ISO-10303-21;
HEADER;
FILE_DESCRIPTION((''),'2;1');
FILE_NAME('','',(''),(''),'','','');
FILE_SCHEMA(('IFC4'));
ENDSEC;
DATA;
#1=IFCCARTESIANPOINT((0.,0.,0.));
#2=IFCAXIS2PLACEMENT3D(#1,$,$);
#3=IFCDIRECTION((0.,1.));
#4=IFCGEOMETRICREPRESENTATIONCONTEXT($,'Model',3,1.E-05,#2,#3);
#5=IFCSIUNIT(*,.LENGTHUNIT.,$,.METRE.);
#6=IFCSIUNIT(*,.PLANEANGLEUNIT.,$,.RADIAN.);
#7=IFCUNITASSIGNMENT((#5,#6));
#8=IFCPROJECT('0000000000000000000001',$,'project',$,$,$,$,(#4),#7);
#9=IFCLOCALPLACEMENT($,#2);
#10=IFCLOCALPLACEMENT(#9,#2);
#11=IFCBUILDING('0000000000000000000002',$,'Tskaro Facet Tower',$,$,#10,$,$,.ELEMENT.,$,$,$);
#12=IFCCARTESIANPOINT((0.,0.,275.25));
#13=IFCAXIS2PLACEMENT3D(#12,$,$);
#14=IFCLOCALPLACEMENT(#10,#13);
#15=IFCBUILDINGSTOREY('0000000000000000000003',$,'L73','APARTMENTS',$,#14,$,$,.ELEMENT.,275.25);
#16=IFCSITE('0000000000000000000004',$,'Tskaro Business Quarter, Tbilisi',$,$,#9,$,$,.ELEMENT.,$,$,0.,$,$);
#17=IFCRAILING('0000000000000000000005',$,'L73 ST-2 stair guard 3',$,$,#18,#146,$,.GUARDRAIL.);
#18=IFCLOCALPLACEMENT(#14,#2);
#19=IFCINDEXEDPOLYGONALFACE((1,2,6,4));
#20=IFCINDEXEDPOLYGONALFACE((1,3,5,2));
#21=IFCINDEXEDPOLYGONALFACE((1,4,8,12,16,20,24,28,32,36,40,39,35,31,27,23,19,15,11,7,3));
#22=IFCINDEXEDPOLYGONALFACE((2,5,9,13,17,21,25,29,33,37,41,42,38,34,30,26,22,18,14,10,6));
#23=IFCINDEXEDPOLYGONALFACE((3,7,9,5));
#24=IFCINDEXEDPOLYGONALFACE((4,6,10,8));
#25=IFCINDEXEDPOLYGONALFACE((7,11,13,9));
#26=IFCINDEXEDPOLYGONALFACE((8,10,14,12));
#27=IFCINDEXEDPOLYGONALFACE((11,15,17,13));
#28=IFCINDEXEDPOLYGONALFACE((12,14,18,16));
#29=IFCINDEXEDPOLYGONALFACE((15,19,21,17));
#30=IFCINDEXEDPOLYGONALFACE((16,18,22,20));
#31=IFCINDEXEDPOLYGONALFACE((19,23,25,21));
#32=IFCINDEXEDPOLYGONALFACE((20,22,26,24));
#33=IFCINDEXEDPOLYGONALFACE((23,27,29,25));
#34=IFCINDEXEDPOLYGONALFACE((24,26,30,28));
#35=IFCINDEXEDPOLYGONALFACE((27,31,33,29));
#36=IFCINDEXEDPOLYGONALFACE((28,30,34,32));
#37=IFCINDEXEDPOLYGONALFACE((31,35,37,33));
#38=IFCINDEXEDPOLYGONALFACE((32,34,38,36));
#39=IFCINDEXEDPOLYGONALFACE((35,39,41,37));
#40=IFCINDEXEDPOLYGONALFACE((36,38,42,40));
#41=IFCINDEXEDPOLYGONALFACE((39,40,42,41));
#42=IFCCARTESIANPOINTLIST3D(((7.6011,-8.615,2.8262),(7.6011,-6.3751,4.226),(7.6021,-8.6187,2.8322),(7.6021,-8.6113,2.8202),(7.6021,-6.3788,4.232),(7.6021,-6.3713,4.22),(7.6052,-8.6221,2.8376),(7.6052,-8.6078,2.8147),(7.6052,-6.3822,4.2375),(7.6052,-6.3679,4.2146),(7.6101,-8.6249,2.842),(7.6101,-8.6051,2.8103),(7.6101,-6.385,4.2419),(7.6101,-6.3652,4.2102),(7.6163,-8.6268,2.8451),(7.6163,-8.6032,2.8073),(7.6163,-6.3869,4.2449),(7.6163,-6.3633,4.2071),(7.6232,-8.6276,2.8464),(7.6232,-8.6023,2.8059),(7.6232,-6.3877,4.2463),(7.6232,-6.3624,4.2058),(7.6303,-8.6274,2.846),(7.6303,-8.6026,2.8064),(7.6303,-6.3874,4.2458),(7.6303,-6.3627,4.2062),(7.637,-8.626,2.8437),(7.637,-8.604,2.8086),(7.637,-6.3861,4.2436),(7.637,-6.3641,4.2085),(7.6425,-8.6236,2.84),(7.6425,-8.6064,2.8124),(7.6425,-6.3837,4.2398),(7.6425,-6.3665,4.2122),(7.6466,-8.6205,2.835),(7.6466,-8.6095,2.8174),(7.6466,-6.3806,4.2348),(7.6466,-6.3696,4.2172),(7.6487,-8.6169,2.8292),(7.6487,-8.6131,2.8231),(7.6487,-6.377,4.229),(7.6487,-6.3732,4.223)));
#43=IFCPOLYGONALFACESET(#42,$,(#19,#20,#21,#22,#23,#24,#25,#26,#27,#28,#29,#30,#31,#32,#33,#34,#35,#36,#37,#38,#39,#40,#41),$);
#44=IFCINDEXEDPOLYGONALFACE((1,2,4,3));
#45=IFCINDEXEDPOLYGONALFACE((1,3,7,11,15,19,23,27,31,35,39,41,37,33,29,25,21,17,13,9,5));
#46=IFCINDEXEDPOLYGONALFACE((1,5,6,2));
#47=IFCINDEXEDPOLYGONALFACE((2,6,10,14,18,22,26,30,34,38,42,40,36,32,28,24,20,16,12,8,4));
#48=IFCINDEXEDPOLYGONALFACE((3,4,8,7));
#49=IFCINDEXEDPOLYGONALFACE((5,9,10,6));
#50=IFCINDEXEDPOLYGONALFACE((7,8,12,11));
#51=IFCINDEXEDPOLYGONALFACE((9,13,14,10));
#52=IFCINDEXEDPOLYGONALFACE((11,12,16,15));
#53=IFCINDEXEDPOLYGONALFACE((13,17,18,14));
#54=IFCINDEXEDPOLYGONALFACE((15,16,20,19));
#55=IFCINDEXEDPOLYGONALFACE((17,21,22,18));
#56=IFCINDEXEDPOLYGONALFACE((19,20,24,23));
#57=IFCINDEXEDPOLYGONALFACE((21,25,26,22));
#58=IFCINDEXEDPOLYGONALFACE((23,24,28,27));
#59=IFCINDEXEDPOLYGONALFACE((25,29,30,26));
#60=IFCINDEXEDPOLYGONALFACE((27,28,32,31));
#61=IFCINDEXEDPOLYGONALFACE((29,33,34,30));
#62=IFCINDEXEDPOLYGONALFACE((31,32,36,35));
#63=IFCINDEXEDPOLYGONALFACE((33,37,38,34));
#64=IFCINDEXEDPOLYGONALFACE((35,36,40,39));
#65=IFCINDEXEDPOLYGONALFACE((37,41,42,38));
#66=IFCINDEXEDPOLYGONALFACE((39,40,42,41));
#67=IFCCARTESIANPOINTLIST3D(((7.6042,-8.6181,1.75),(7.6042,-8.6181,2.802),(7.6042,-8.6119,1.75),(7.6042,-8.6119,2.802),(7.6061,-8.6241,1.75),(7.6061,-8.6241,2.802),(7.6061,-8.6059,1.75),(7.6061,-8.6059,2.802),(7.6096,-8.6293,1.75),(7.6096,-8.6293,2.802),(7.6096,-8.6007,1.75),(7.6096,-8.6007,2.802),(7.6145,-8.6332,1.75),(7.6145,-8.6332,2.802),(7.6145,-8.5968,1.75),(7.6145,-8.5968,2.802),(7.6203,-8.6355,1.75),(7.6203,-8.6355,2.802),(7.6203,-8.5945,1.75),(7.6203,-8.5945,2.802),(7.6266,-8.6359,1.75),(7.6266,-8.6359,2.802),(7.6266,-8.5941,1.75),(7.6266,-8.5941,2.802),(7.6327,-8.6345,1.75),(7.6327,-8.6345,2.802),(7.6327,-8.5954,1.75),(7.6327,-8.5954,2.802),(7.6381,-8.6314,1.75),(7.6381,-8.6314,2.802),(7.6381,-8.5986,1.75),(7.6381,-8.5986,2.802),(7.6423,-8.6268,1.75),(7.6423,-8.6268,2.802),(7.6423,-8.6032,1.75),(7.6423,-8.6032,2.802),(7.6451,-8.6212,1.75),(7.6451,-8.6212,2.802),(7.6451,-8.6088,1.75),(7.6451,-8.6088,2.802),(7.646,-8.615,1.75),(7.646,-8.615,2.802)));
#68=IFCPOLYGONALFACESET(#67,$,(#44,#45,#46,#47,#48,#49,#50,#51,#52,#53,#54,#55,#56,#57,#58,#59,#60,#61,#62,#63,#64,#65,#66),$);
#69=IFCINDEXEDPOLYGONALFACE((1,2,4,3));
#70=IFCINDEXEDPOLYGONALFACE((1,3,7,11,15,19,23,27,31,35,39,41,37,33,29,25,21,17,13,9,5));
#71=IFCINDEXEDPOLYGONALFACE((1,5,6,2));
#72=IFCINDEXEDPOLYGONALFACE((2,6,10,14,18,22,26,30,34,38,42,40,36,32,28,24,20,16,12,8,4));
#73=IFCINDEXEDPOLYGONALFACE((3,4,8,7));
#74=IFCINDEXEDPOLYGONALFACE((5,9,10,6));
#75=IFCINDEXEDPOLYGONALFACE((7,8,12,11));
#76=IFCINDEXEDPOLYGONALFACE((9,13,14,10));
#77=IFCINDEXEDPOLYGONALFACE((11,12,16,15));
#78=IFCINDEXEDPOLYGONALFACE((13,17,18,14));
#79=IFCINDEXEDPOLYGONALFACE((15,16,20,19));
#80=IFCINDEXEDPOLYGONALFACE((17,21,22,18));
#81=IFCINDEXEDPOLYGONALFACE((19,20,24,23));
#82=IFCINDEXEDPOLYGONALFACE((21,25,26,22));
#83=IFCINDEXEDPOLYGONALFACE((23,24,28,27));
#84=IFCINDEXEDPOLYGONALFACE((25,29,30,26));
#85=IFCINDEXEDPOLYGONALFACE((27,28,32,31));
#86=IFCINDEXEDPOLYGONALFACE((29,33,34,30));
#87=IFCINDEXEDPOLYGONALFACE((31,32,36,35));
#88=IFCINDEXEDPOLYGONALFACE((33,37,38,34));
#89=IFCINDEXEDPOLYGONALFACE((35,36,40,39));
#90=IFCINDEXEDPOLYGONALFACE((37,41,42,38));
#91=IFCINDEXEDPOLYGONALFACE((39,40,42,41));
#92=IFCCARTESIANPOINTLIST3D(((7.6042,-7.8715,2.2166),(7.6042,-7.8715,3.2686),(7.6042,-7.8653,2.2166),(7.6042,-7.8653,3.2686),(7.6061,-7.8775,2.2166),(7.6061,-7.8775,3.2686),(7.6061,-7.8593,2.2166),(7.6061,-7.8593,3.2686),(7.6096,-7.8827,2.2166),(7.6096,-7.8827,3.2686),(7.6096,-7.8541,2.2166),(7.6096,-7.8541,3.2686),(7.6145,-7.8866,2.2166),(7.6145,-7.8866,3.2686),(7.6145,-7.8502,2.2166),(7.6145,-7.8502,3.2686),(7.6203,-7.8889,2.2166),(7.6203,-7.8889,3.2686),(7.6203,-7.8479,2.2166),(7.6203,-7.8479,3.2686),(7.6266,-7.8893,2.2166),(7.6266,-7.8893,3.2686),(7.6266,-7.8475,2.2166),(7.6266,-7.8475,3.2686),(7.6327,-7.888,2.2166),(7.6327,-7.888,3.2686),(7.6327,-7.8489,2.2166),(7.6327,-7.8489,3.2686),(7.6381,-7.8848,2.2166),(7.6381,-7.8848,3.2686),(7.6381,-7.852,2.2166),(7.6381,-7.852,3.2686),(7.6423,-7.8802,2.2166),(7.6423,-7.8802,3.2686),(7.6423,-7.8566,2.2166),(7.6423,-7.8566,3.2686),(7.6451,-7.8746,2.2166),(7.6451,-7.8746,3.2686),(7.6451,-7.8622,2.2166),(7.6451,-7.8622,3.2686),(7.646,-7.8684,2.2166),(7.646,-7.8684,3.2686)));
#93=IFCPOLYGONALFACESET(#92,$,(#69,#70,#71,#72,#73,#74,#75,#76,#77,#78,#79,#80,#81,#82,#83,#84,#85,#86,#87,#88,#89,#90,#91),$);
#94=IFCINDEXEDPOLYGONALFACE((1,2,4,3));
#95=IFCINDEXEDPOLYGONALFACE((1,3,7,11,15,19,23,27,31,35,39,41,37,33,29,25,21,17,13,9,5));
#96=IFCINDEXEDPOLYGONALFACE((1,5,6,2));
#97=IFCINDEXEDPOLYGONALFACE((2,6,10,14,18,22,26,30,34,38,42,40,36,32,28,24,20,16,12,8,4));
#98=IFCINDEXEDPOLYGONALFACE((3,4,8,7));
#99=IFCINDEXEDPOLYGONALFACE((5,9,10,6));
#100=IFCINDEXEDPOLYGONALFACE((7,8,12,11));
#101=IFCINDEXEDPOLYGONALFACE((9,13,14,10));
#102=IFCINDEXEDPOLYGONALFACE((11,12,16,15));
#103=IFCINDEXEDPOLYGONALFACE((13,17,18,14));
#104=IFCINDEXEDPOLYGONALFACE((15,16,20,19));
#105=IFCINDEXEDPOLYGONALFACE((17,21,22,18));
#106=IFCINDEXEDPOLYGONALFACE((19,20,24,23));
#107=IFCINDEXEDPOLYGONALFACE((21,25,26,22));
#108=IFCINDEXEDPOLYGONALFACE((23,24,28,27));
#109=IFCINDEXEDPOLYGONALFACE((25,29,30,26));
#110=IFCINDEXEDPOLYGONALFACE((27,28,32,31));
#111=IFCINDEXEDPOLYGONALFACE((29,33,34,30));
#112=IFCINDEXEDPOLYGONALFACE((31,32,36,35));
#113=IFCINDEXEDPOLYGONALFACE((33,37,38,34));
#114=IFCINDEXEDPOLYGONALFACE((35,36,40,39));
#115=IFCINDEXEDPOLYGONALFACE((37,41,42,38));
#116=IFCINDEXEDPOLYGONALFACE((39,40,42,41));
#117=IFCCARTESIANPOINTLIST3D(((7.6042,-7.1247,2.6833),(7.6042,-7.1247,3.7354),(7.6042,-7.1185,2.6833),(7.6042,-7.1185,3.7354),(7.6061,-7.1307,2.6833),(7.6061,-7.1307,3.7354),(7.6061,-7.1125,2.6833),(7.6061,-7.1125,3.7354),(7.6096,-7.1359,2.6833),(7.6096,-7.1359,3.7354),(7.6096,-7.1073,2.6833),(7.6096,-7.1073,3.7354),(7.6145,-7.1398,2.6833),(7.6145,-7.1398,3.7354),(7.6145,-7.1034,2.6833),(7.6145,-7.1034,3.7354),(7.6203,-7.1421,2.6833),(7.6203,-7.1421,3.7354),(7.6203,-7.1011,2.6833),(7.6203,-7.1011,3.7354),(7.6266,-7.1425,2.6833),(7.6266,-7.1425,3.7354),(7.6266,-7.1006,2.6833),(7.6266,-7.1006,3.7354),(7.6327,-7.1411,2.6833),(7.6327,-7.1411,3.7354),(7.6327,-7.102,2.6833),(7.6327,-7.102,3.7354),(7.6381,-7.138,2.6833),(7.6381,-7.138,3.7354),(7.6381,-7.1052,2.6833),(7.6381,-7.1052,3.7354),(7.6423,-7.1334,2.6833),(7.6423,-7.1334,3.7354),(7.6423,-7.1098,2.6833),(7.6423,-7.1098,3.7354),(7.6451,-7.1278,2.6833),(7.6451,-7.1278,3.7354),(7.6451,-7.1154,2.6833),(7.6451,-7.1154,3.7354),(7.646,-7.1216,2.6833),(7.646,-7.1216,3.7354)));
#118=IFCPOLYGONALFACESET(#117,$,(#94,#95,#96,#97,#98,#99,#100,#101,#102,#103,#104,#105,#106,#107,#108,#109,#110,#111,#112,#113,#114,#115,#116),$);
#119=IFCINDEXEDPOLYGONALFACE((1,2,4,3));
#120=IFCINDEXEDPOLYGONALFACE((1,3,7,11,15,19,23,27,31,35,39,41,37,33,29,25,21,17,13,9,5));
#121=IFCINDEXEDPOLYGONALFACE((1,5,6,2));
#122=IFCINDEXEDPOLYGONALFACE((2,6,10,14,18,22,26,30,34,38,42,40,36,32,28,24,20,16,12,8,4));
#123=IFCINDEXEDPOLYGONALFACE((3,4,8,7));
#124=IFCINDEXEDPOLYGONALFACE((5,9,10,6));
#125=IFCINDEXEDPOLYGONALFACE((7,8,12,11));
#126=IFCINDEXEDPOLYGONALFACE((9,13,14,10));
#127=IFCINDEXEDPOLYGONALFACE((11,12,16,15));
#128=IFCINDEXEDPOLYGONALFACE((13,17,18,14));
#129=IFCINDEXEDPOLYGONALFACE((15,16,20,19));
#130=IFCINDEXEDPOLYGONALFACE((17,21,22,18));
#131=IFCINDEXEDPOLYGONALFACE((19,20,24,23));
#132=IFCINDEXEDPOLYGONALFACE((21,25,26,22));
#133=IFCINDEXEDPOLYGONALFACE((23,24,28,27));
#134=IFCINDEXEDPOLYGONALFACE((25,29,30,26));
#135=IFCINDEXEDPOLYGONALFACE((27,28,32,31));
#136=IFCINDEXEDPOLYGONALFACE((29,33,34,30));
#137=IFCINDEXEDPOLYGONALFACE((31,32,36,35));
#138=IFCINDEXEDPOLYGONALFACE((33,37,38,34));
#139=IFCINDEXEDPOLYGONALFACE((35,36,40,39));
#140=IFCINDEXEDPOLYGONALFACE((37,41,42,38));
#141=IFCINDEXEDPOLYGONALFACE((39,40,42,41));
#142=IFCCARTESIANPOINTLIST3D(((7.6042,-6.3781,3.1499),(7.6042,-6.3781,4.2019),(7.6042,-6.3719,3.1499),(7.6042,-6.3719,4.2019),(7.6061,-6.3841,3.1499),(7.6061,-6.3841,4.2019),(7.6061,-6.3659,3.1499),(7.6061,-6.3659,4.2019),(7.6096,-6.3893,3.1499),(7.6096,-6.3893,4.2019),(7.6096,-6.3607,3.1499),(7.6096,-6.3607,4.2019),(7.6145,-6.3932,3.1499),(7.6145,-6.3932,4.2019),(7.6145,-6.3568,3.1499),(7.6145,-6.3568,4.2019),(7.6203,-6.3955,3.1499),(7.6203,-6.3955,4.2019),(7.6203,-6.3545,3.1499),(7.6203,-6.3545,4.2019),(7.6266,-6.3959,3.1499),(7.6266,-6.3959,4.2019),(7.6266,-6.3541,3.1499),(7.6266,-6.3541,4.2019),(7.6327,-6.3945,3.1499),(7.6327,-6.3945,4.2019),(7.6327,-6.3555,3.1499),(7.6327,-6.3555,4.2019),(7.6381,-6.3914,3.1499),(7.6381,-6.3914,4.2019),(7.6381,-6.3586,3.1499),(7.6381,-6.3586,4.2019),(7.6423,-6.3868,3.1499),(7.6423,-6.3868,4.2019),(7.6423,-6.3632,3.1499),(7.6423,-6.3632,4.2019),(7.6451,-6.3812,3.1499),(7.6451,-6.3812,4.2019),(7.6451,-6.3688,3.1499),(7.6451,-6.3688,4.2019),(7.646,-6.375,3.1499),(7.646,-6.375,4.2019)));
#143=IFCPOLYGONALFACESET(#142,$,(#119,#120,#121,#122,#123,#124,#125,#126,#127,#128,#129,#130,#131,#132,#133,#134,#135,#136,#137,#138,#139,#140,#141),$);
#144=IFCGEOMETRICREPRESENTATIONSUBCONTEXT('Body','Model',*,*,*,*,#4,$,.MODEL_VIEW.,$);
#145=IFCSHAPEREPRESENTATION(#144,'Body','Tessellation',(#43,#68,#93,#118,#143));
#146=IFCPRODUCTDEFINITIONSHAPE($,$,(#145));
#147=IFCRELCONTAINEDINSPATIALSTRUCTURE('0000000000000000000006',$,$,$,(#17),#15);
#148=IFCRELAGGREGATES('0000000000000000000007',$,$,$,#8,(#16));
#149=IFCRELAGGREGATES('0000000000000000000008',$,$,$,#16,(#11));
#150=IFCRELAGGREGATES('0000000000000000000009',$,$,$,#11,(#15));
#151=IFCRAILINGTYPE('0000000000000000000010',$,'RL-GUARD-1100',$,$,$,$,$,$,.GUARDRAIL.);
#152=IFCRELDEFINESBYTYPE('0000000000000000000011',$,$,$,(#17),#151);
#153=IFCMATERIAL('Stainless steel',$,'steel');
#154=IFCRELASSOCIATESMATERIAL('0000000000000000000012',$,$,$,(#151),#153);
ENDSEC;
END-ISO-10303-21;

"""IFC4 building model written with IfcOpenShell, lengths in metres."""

from ifc_helpers import new_model, si_unit, direction, frame, origin, origin_2d, place, context, subcontext, project, spatial, circle, extrude, material, type_object, element, save


model = new_model("IFC4")

# Units and contexts
model_context = context("Model", 3, precision=1e-05, world=origin(), true_north=direction((0.0, 1.0)))
body_context = subcontext(model_context, "Body", "Model", "MODEL_VIEW")
ifc_project = project(units=[si_unit("LENGTHUNIT", "METRE"), si_unit("PLANEANGLEUNIT", "RADIAN")], contexts=[model_context])

# Site, building, storey
site_placement = place(None, origin())
site = spatial("IfcSite", under=ifc_project, at=site_placement, Name="Tskaro Business Quarter, Tbilisi", CompositionType="ELEMENT", RefElevation=0.0)
building_placement = place(site_placement, origin())
building = spatial("IfcBuilding", under=site, at=building_placement, Name="Tskaro Facet Tower", CompositionType="ELEMENT")
storey_placement = place(building_placement, frame((0.0, 0.0, 275.25)))
storey = spatial("IfcBuildingStorey", under=building, at=storey_placement, Name="L73", Description="APARTMENTS", CompositionType="ELEMENT", Elevation=275.25)

# Railing
ifc_material_1 = material(Name="Stainless steel", Category="steel")
railing_type_1 = type_object("IfcRailingType", Name="RL-GUARD-1100", PredefinedType="GUARDRAIL", material=ifc_material_1)
railing_1_placement = place(storey_placement, frame((7.625, -8.615, 1.75)))
element("IfcRailing", 1, at=railing_1_placement, inside=storey, type_object=railing_type_1, Name="L73 ST-2 stair guard 3", PredefinedType="GUARDRAIL", context=body_context, shape_type="SweptSolid", body=[
    extrude(circle(Radius=0.0239, at=origin_2d()), frame((0.0, 0.0, 1.0762), z_axis=(0.0, 0.848014, 0.529974), x_axis=(-1.0, 0.0, 0.0)), (0.0, 0.0, 1.0), 2.6414),
    extrude(circle(Radius=0.021, at=origin_2d()), origin(), (0.0, 0.0, 1.0), 1.052),
    extrude(circle(Radius=0.021, at=origin_2d()), frame((0.0, 0.7466, 0.4666)), (0.0, 0.0, 1.0), 1.052),
    extrude(circle(Radius=0.021, at=origin_2d()), frame((0.0, 1.4934, 0.9333)), (0.0, 0.0, 1.0), 1.052),
    extrude(circle(Radius=0.021, at=origin_2d()), frame((0.0, 2.24, 1.3999)), (0.0, 0.0, 1.0), 1.052),
])

save(model, "model.ifc")
